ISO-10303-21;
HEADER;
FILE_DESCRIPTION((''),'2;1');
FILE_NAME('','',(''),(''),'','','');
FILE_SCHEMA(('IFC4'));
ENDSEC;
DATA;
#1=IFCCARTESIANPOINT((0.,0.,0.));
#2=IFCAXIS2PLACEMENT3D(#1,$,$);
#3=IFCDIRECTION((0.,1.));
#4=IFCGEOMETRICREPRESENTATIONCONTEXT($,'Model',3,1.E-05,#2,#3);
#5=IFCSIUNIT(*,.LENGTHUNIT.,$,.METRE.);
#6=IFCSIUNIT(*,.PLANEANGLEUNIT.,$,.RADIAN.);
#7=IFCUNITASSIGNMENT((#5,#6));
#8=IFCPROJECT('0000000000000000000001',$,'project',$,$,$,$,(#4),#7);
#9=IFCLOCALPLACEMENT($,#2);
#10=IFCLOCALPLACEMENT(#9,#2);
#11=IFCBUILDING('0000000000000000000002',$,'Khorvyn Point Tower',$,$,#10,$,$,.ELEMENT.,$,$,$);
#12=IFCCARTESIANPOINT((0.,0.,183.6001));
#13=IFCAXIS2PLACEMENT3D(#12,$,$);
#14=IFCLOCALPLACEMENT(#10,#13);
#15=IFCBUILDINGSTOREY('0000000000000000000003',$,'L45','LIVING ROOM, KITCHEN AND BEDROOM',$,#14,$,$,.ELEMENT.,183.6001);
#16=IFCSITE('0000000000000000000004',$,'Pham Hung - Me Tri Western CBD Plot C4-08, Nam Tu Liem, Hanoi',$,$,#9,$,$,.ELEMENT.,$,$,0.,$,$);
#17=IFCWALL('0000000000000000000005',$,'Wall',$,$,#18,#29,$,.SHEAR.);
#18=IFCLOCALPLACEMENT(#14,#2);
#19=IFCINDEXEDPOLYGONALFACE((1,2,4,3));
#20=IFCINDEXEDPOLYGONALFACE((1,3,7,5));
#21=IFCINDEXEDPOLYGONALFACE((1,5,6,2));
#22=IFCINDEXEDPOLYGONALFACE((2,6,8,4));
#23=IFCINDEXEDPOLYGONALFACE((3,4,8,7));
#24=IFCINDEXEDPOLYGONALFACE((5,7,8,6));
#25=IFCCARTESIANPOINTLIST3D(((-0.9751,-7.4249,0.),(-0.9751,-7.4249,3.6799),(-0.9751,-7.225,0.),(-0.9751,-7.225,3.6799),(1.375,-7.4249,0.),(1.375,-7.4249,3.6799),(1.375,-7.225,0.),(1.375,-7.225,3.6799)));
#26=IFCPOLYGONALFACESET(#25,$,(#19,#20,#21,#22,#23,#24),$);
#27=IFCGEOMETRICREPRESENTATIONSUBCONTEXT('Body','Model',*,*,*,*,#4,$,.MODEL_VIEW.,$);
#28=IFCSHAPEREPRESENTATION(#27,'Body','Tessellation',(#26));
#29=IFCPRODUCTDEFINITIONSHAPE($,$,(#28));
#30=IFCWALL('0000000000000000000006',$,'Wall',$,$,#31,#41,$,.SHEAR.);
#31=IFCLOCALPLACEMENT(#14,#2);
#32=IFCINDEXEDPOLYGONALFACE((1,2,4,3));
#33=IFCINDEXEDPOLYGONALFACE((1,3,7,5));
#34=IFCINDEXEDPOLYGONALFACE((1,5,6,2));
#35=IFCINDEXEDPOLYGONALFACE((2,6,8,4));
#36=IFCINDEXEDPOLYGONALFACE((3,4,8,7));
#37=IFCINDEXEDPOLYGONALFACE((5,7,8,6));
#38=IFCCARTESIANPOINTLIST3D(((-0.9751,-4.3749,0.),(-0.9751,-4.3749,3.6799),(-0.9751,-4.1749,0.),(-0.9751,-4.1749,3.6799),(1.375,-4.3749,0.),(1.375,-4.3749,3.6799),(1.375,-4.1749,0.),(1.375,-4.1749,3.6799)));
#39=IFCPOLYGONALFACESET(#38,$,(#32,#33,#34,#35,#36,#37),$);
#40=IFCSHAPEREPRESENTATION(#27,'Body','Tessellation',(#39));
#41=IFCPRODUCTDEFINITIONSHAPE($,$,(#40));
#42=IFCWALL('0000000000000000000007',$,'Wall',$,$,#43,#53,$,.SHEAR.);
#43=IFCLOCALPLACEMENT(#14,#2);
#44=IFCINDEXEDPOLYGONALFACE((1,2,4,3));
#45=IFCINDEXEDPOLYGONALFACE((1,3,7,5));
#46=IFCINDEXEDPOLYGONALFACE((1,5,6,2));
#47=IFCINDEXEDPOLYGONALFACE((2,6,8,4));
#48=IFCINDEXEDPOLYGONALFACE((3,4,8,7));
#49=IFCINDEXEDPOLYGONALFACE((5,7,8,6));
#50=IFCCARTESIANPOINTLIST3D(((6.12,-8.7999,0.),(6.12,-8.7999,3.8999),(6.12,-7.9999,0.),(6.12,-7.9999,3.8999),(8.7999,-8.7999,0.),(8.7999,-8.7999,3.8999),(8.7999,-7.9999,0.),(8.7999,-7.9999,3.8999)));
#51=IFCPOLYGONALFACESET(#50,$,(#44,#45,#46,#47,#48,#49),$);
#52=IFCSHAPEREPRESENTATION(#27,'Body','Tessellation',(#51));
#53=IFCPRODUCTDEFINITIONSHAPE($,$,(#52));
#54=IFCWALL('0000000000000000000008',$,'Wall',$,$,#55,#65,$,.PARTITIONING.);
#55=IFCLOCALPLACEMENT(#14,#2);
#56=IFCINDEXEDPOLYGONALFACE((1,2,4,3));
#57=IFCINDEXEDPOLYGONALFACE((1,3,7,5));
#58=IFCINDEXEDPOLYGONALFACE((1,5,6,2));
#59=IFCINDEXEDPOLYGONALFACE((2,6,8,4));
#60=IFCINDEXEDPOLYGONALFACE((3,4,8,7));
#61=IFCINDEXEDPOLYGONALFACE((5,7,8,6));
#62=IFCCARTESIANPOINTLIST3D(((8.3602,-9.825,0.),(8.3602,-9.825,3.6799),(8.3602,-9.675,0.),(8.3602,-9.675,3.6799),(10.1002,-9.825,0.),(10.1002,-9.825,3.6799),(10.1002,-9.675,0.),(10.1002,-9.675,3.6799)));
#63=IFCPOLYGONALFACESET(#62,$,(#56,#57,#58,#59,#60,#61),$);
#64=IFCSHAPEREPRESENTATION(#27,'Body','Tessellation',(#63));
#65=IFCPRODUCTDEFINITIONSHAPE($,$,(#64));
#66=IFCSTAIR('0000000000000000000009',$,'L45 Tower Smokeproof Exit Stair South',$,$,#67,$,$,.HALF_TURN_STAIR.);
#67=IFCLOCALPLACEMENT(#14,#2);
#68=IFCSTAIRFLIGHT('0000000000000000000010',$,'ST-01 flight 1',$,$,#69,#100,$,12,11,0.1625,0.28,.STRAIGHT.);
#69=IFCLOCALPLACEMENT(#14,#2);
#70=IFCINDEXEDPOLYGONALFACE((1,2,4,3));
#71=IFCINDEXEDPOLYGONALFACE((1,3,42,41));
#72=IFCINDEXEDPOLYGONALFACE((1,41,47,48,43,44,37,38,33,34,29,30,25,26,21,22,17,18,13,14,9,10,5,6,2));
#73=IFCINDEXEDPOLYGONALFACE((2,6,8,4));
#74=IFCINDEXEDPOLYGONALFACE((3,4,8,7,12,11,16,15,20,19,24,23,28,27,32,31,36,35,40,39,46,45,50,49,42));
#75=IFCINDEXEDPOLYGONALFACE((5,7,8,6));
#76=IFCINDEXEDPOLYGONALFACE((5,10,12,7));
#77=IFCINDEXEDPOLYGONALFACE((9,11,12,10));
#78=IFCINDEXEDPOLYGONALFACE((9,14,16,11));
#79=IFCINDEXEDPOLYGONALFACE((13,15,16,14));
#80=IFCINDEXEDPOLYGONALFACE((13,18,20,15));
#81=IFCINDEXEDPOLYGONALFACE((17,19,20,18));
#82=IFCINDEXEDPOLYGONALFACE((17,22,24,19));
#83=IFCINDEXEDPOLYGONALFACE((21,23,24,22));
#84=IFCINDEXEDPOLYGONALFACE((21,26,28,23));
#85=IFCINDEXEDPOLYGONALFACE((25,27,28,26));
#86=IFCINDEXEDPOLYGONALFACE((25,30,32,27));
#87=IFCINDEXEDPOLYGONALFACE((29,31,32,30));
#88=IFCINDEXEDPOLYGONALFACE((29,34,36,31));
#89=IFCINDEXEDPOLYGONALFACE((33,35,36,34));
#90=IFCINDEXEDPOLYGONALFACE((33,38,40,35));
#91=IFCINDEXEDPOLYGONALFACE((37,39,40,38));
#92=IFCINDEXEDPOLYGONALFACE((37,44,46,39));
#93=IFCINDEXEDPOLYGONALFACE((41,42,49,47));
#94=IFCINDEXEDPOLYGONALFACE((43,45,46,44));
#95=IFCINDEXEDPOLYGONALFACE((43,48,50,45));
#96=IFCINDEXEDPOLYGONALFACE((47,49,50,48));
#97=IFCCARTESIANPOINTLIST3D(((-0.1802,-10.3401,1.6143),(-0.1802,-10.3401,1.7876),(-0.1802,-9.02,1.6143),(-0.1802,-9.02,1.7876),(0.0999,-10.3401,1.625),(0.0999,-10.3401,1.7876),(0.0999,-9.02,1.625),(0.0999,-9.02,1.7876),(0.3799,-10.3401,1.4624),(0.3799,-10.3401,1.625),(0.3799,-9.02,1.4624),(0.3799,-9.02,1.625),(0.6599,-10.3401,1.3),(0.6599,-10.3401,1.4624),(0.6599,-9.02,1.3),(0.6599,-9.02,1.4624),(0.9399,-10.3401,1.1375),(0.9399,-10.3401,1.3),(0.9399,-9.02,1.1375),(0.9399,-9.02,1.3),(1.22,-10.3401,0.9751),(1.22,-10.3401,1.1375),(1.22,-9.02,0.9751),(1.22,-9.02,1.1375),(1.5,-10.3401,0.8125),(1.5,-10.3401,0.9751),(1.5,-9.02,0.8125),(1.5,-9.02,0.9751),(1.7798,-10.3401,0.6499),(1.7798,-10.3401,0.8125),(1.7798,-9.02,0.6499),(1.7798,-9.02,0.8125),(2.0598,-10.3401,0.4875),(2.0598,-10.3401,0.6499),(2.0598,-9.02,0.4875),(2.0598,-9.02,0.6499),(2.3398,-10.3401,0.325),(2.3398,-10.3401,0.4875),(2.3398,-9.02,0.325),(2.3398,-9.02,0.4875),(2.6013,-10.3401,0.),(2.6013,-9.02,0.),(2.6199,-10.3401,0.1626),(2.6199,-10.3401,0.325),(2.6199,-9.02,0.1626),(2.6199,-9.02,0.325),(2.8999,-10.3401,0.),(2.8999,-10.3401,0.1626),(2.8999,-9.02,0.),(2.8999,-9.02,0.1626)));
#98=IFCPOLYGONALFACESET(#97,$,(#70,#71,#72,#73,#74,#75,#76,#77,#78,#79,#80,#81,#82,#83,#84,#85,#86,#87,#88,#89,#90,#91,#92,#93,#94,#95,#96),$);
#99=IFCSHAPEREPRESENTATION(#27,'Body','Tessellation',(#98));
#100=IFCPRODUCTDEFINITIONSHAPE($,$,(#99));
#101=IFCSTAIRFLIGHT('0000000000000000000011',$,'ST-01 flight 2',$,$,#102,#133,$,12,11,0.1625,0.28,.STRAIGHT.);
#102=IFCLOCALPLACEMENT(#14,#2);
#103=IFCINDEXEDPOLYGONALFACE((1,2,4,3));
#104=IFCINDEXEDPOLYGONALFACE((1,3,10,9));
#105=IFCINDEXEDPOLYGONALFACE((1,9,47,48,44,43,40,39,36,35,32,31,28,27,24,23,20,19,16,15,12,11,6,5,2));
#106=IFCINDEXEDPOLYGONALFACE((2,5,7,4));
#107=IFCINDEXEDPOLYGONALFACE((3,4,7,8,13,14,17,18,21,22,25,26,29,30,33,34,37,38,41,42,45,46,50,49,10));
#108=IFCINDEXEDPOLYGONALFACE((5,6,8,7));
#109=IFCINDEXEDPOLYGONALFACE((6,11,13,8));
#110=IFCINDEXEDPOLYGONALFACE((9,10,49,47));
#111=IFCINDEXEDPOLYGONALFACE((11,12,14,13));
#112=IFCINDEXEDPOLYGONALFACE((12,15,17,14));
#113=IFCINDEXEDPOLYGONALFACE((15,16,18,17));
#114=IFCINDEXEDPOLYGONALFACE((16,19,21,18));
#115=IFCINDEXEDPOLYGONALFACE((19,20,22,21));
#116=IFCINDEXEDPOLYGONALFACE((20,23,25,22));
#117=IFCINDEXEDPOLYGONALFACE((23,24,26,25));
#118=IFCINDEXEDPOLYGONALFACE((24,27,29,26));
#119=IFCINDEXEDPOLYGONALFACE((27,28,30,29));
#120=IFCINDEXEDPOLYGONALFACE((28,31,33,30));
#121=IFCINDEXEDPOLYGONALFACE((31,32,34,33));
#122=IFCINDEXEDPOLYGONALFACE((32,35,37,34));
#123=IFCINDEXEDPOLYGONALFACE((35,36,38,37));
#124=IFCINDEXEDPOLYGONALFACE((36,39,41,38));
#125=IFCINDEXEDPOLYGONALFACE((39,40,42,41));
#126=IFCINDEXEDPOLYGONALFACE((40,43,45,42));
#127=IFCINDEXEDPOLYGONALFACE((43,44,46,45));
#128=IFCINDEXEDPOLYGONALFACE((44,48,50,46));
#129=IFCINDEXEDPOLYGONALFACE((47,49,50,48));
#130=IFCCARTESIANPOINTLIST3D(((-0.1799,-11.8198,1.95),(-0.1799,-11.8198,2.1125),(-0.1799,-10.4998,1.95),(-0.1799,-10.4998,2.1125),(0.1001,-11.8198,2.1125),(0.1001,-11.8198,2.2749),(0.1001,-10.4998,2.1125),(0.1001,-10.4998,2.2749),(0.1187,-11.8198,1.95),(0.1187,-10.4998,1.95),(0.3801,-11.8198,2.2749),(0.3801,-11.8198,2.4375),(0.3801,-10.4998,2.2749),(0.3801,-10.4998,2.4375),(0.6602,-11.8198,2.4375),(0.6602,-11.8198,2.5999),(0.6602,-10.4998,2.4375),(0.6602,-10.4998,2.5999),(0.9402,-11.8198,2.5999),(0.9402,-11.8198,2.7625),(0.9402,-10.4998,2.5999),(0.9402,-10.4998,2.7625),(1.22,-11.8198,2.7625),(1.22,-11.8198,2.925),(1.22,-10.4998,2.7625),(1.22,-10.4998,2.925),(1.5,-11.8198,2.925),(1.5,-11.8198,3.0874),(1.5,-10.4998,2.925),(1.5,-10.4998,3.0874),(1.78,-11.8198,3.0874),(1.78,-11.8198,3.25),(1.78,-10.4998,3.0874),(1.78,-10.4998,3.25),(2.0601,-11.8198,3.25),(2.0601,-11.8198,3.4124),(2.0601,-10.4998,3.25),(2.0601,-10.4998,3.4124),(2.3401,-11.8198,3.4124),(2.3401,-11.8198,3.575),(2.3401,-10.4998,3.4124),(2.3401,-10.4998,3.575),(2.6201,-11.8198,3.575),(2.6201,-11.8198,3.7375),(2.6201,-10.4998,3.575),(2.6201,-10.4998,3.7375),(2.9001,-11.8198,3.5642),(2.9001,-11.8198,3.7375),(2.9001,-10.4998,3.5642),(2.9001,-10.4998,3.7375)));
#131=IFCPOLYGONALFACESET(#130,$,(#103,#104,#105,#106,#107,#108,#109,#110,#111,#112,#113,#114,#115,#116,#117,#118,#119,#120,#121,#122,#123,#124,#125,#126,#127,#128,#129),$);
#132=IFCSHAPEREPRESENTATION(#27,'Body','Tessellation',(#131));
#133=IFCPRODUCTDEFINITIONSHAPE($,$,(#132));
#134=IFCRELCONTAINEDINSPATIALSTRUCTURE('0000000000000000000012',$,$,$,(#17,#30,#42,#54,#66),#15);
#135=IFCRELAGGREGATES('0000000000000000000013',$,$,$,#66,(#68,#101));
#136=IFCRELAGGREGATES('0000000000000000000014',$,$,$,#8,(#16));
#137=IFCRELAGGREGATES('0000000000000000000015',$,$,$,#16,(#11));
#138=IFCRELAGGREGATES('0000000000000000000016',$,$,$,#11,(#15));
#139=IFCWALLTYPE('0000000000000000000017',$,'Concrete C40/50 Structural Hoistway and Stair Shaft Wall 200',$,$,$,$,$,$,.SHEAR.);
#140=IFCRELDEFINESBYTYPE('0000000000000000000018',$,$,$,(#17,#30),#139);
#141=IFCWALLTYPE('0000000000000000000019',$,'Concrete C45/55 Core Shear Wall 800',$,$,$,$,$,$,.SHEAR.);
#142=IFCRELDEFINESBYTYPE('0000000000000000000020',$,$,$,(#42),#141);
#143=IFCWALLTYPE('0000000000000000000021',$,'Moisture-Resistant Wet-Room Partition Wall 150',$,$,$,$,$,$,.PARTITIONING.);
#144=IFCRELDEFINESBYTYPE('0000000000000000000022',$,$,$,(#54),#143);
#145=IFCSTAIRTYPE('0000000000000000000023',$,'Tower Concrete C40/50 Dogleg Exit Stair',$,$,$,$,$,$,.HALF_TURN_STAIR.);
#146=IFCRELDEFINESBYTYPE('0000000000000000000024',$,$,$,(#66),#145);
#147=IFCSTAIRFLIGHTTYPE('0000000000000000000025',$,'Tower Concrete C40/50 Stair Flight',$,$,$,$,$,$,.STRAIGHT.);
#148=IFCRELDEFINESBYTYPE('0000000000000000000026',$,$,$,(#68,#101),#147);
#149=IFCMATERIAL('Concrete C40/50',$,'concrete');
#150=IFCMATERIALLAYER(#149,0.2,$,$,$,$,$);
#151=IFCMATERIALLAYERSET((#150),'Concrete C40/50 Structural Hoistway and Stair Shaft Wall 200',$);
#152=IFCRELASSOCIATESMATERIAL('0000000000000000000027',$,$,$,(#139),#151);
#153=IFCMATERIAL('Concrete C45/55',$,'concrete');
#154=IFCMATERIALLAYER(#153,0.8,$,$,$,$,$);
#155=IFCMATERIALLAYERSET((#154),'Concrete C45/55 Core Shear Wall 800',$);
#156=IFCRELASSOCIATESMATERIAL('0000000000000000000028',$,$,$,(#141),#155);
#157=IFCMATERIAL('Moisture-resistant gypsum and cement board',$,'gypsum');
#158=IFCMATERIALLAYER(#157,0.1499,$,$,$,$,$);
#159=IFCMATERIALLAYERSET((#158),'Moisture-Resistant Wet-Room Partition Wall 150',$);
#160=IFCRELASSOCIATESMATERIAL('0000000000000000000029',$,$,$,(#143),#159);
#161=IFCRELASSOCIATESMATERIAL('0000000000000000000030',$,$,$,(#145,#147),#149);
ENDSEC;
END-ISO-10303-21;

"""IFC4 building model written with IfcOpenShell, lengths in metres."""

from ifc_helpers import new_model, si_unit, direction, frame, frame_2d, origin, place, context, subcontext, project, spatial, polyline, rectangle, outline, extrude, material, layer, layer_set, type_object, element, aggregate, save


model = new_model("IFC4")

# Units and contexts
model_context = context("Model", 3, precision=1e-05, world=origin(), true_north=direction((0.0, 1.0)))
body_context = subcontext(model_context, "Body", "Model", "MODEL_VIEW")
ifc_project = project(units=[si_unit("LENGTHUNIT", "METRE"), si_unit("PLANEANGLEUNIT", "RADIAN")], contexts=[model_context])

# Site, building, storey
site_placement = place(None, origin())
site = spatial("IfcSite", under=ifc_project, at=site_placement, Name="Pham Hung - Me Tri Western CBD Plot C4-08, Nam Tu Liem, Hanoi", CompositionType="ELEMENT", RefElevation=0.0)
building_placement = place(site_placement, origin())
building = spatial("IfcBuilding", under=site, at=building_placement, Name="Khorvyn Point Tower", CompositionType="ELEMENT")
storey_placement = place(building_placement, frame((0.0, 0.0, 183.6001)))
storey = spatial("IfcBuildingStorey", under=building, at=storey_placement, Name="L45", Description="LIVING ROOM, KITCHEN AND BEDROOM", CompositionType="ELEMENT", Elevation=183.6001)

# Shared definitions
ifc_material_1 = material(Name="Concrete C40/50", Category="concrete")

# Shared definitions
ifc_material_2 = material(Name="Concrete C45/55", Category="concrete")

# Shared definitions
ifc_layer_1 = layer(ifc_material_1, 0.2)
ifc_layer_set_1 = layer_set([ifc_layer_1], Name="Concrete C40/50 Structural Hoistway and Stair Shaft Wall 200")
wall_type_1 = type_object("IfcWallType", Name="Concrete C40/50 Structural Hoistway and Stair Shaft Wall 200", PredefinedType="SHEAR", material=ifc_layer_set_1)

# Walls
for number, where, z_axis, x_axis, name in (
    (1, (-0.9751, -7.325, 0.0), (0.0, 0.0, 1.0), (1.0, 0.0, 0.0), "Wall"),
    (2, (-0.9751, -4.2749, 0.0), (0.0, 0.0, 1.0), (1.0, 0.0, 0.0), "Wall"),
):
    element("IfcWall", number, at=place(storey_placement, frame(where, z_axis=z_axis, x_axis=x_axis)), inside=storey, type_object=wall_type_1, Name=name, PredefinedType="SHEAR", context=body_context, shape_type="SweptSolid", body=[
        extrude(rectangle(XDim=2.3501, YDim=0.2, at=frame_2d((1.175, 0.0))), origin(), (0.0, 0.0, 1.0), 3.6799),
    ])
ifc_layer_2 = layer(ifc_material_2, 0.8)
ifc_layer_set_2 = layer_set([ifc_layer_2], Name="Concrete C45/55 Core Shear Wall 800")
wall_type_2 = type_object("IfcWallType", Name="Concrete C45/55 Core Shear Wall 800", PredefinedType="SHEAR", material=ifc_layer_set_2)
wall_1_placement = place(storey_placement, frame((6.1201, -8.3999, 0.0), z_axis=(0.0, 0.0, 1.0), x_axis=(1.0, 0.0, 0.0)))
element("IfcWall", 3, at=wall_1_placement, inside=storey, type_object=wall_type_2, Name="Wall", PredefinedType="SHEAR", context=body_context, shape_type="SweptSolid", body=[
    extrude(rectangle(XDim=2.6799, YDim=0.8, at=frame_2d((1.3398, 0.0))), origin(), (0.0, 0.0, 1.0), 3.8999),
])
ifc_material_3 = material(Name="Moisture-resistant gypsum and cement board", Category="gypsum")
ifc_layer_3 = layer(ifc_material_3, 0.1499)
ifc_layer_set_3 = layer_set([ifc_layer_3], Name="Moisture-Resistant Wet-Room Partition Wall 150")
wall_type_3 = type_object("IfcWallType", Name="Moisture-Resistant Wet-Room Partition Wall 150", PredefinedType="PARTITIONING", material=ifc_layer_set_3)
wall_2_placement = place(storey_placement, frame((8.3601, -9.75, 0.0), z_axis=(0.0, 0.0, 1.0), x_axis=(1.0, 0.0, 0.0)))
element("IfcWall", 4, at=wall_2_placement, inside=storey, type_object=wall_type_3, Name="Wall", PredefinedType="PARTITIONING", context=body_context, shape_type="SweptSolid", body=[
    extrude(rectangle(XDim=1.74, YDim=0.1499, at=frame_2d((0.8701, 0.0))), origin(), (0.0, 0.0, 1.0), 3.6799),
])

# Stair, stair flights
stair_type = type_object("IfcStairType", Name="Tower Concrete C40/50 Dogleg Exit Stair", PredefinedType="HALF_TURN_STAIR", material=ifc_material_1)
stair_placement = place(storey_placement, origin())
stair = element("IfcStair", 5, at=stair_placement, inside=storey, type_object=stair_type, Name="L45 Tower Smokeproof Exit Stair South", PredefinedType="HALF_TURN_STAIR")
stair_flight_type = type_object("IfcStairFlightType", Name="Tower Concrete C40/50 Stair Flight", PredefinedType="STRAIGHT", material=ifc_material_1)
stair_flight_1_placement = place(storey_placement, frame((2.8999, -9.6799, 0.0), z_axis=(0.0, 0.0, 1.0), x_axis=(-1.0, 0.0, 0.0)))
stair_flight_1 = element("IfcStairFlight", 6, at=stair_flight_1_placement, type_object=stair_flight_type, Name="ST-01 flight 1", NumberOfRisers=12, NumberOfTreads=11, PredefinedType="STRAIGHT", RiserHeight=0.1625, TreadLength=0.28, context=body_context, shape_type="SweptSolid", body=[
    extrude(outline(polyline([(0.0, 0.0), (0.0, 0.1626), (0.28, 0.1626), (0.28, 0.325), (0.5601, 0.325), (0.5601, 0.4875), (0.8401, 0.4875), (0.8401, 0.6499), (1.1201, 0.6499), (1.1201, 0.8125), (1.3999, 0.8125), (1.3999, 0.9751), (1.6799, 0.9751), (1.6799, 1.1375), (1.96, 1.1375), (1.96, 1.3), (2.24, 1.3), (2.24, 1.4624), (2.52, 1.4624), (2.52, 1.625), (2.8, 1.625), (2.8, 1.7876), (3.0801, 1.7876), (3.0801, 1.95), (3.0801, 1.6143), (0.2986, 0.0), (0.0, 0.0)])), frame((0.0, 0.6602, 0.0), z_axis=(0.0, -1.0, 0.0), x_axis=(1.0, 0.0, 0.0)), (0.0, 0.0, 1.0), 1.3201),
])
stair_flight_2_placement = place(storey_placement, frame((-0.1799, -11.1599, 1.95), z_axis=(0.0, 0.0, 1.0), x_axis=(1.0, 0.0, 0.0)))
stair_flight_2 = element("IfcStairFlight", 7, at=stair_flight_2_placement, type_object=stair_flight_type, Name="ST-01 flight 2", NumberOfRisers=12, NumberOfTreads=11, PredefinedType="STRAIGHT", RiserHeight=0.1625, TreadLength=0.28, context=body_context, shape_type="SweptSolid", body=[
    extrude(outline(polyline([(0.0, 0.0), (0.0, 0.1626), (0.28, 0.1626), (0.28, 0.325), (0.5601, 0.325), (0.5601, 0.4875), (0.8401, 0.4875), (0.8401, 0.6499), (1.1201, 0.6499), (1.1201, 0.8125), (1.3999, 0.8125), (1.3999, 0.9751), (1.6799, 0.9751), (1.6799, 1.1375), (1.96, 1.1375), (1.96, 1.3), (2.24, 1.3), (2.24, 1.4624), (2.52, 1.4624), (2.52, 1.625), (2.8, 1.625), (2.8, 1.7876), (3.0801, 1.7876), (3.0801, 1.95), (3.0801, 1.6143), (0.2986, 0.0), (0.0, 0.0)])), frame((0.0, 0.6602, 0.0), z_axis=(0.0, -1.0, 0.0), x_axis=(1.0, 0.0, 0.0)), (0.0, 0.0, 1.0), 1.3201),
])
aggregate(stair, [stair_flight_1, stair_flight_2])

save(model, "model.ifc")
